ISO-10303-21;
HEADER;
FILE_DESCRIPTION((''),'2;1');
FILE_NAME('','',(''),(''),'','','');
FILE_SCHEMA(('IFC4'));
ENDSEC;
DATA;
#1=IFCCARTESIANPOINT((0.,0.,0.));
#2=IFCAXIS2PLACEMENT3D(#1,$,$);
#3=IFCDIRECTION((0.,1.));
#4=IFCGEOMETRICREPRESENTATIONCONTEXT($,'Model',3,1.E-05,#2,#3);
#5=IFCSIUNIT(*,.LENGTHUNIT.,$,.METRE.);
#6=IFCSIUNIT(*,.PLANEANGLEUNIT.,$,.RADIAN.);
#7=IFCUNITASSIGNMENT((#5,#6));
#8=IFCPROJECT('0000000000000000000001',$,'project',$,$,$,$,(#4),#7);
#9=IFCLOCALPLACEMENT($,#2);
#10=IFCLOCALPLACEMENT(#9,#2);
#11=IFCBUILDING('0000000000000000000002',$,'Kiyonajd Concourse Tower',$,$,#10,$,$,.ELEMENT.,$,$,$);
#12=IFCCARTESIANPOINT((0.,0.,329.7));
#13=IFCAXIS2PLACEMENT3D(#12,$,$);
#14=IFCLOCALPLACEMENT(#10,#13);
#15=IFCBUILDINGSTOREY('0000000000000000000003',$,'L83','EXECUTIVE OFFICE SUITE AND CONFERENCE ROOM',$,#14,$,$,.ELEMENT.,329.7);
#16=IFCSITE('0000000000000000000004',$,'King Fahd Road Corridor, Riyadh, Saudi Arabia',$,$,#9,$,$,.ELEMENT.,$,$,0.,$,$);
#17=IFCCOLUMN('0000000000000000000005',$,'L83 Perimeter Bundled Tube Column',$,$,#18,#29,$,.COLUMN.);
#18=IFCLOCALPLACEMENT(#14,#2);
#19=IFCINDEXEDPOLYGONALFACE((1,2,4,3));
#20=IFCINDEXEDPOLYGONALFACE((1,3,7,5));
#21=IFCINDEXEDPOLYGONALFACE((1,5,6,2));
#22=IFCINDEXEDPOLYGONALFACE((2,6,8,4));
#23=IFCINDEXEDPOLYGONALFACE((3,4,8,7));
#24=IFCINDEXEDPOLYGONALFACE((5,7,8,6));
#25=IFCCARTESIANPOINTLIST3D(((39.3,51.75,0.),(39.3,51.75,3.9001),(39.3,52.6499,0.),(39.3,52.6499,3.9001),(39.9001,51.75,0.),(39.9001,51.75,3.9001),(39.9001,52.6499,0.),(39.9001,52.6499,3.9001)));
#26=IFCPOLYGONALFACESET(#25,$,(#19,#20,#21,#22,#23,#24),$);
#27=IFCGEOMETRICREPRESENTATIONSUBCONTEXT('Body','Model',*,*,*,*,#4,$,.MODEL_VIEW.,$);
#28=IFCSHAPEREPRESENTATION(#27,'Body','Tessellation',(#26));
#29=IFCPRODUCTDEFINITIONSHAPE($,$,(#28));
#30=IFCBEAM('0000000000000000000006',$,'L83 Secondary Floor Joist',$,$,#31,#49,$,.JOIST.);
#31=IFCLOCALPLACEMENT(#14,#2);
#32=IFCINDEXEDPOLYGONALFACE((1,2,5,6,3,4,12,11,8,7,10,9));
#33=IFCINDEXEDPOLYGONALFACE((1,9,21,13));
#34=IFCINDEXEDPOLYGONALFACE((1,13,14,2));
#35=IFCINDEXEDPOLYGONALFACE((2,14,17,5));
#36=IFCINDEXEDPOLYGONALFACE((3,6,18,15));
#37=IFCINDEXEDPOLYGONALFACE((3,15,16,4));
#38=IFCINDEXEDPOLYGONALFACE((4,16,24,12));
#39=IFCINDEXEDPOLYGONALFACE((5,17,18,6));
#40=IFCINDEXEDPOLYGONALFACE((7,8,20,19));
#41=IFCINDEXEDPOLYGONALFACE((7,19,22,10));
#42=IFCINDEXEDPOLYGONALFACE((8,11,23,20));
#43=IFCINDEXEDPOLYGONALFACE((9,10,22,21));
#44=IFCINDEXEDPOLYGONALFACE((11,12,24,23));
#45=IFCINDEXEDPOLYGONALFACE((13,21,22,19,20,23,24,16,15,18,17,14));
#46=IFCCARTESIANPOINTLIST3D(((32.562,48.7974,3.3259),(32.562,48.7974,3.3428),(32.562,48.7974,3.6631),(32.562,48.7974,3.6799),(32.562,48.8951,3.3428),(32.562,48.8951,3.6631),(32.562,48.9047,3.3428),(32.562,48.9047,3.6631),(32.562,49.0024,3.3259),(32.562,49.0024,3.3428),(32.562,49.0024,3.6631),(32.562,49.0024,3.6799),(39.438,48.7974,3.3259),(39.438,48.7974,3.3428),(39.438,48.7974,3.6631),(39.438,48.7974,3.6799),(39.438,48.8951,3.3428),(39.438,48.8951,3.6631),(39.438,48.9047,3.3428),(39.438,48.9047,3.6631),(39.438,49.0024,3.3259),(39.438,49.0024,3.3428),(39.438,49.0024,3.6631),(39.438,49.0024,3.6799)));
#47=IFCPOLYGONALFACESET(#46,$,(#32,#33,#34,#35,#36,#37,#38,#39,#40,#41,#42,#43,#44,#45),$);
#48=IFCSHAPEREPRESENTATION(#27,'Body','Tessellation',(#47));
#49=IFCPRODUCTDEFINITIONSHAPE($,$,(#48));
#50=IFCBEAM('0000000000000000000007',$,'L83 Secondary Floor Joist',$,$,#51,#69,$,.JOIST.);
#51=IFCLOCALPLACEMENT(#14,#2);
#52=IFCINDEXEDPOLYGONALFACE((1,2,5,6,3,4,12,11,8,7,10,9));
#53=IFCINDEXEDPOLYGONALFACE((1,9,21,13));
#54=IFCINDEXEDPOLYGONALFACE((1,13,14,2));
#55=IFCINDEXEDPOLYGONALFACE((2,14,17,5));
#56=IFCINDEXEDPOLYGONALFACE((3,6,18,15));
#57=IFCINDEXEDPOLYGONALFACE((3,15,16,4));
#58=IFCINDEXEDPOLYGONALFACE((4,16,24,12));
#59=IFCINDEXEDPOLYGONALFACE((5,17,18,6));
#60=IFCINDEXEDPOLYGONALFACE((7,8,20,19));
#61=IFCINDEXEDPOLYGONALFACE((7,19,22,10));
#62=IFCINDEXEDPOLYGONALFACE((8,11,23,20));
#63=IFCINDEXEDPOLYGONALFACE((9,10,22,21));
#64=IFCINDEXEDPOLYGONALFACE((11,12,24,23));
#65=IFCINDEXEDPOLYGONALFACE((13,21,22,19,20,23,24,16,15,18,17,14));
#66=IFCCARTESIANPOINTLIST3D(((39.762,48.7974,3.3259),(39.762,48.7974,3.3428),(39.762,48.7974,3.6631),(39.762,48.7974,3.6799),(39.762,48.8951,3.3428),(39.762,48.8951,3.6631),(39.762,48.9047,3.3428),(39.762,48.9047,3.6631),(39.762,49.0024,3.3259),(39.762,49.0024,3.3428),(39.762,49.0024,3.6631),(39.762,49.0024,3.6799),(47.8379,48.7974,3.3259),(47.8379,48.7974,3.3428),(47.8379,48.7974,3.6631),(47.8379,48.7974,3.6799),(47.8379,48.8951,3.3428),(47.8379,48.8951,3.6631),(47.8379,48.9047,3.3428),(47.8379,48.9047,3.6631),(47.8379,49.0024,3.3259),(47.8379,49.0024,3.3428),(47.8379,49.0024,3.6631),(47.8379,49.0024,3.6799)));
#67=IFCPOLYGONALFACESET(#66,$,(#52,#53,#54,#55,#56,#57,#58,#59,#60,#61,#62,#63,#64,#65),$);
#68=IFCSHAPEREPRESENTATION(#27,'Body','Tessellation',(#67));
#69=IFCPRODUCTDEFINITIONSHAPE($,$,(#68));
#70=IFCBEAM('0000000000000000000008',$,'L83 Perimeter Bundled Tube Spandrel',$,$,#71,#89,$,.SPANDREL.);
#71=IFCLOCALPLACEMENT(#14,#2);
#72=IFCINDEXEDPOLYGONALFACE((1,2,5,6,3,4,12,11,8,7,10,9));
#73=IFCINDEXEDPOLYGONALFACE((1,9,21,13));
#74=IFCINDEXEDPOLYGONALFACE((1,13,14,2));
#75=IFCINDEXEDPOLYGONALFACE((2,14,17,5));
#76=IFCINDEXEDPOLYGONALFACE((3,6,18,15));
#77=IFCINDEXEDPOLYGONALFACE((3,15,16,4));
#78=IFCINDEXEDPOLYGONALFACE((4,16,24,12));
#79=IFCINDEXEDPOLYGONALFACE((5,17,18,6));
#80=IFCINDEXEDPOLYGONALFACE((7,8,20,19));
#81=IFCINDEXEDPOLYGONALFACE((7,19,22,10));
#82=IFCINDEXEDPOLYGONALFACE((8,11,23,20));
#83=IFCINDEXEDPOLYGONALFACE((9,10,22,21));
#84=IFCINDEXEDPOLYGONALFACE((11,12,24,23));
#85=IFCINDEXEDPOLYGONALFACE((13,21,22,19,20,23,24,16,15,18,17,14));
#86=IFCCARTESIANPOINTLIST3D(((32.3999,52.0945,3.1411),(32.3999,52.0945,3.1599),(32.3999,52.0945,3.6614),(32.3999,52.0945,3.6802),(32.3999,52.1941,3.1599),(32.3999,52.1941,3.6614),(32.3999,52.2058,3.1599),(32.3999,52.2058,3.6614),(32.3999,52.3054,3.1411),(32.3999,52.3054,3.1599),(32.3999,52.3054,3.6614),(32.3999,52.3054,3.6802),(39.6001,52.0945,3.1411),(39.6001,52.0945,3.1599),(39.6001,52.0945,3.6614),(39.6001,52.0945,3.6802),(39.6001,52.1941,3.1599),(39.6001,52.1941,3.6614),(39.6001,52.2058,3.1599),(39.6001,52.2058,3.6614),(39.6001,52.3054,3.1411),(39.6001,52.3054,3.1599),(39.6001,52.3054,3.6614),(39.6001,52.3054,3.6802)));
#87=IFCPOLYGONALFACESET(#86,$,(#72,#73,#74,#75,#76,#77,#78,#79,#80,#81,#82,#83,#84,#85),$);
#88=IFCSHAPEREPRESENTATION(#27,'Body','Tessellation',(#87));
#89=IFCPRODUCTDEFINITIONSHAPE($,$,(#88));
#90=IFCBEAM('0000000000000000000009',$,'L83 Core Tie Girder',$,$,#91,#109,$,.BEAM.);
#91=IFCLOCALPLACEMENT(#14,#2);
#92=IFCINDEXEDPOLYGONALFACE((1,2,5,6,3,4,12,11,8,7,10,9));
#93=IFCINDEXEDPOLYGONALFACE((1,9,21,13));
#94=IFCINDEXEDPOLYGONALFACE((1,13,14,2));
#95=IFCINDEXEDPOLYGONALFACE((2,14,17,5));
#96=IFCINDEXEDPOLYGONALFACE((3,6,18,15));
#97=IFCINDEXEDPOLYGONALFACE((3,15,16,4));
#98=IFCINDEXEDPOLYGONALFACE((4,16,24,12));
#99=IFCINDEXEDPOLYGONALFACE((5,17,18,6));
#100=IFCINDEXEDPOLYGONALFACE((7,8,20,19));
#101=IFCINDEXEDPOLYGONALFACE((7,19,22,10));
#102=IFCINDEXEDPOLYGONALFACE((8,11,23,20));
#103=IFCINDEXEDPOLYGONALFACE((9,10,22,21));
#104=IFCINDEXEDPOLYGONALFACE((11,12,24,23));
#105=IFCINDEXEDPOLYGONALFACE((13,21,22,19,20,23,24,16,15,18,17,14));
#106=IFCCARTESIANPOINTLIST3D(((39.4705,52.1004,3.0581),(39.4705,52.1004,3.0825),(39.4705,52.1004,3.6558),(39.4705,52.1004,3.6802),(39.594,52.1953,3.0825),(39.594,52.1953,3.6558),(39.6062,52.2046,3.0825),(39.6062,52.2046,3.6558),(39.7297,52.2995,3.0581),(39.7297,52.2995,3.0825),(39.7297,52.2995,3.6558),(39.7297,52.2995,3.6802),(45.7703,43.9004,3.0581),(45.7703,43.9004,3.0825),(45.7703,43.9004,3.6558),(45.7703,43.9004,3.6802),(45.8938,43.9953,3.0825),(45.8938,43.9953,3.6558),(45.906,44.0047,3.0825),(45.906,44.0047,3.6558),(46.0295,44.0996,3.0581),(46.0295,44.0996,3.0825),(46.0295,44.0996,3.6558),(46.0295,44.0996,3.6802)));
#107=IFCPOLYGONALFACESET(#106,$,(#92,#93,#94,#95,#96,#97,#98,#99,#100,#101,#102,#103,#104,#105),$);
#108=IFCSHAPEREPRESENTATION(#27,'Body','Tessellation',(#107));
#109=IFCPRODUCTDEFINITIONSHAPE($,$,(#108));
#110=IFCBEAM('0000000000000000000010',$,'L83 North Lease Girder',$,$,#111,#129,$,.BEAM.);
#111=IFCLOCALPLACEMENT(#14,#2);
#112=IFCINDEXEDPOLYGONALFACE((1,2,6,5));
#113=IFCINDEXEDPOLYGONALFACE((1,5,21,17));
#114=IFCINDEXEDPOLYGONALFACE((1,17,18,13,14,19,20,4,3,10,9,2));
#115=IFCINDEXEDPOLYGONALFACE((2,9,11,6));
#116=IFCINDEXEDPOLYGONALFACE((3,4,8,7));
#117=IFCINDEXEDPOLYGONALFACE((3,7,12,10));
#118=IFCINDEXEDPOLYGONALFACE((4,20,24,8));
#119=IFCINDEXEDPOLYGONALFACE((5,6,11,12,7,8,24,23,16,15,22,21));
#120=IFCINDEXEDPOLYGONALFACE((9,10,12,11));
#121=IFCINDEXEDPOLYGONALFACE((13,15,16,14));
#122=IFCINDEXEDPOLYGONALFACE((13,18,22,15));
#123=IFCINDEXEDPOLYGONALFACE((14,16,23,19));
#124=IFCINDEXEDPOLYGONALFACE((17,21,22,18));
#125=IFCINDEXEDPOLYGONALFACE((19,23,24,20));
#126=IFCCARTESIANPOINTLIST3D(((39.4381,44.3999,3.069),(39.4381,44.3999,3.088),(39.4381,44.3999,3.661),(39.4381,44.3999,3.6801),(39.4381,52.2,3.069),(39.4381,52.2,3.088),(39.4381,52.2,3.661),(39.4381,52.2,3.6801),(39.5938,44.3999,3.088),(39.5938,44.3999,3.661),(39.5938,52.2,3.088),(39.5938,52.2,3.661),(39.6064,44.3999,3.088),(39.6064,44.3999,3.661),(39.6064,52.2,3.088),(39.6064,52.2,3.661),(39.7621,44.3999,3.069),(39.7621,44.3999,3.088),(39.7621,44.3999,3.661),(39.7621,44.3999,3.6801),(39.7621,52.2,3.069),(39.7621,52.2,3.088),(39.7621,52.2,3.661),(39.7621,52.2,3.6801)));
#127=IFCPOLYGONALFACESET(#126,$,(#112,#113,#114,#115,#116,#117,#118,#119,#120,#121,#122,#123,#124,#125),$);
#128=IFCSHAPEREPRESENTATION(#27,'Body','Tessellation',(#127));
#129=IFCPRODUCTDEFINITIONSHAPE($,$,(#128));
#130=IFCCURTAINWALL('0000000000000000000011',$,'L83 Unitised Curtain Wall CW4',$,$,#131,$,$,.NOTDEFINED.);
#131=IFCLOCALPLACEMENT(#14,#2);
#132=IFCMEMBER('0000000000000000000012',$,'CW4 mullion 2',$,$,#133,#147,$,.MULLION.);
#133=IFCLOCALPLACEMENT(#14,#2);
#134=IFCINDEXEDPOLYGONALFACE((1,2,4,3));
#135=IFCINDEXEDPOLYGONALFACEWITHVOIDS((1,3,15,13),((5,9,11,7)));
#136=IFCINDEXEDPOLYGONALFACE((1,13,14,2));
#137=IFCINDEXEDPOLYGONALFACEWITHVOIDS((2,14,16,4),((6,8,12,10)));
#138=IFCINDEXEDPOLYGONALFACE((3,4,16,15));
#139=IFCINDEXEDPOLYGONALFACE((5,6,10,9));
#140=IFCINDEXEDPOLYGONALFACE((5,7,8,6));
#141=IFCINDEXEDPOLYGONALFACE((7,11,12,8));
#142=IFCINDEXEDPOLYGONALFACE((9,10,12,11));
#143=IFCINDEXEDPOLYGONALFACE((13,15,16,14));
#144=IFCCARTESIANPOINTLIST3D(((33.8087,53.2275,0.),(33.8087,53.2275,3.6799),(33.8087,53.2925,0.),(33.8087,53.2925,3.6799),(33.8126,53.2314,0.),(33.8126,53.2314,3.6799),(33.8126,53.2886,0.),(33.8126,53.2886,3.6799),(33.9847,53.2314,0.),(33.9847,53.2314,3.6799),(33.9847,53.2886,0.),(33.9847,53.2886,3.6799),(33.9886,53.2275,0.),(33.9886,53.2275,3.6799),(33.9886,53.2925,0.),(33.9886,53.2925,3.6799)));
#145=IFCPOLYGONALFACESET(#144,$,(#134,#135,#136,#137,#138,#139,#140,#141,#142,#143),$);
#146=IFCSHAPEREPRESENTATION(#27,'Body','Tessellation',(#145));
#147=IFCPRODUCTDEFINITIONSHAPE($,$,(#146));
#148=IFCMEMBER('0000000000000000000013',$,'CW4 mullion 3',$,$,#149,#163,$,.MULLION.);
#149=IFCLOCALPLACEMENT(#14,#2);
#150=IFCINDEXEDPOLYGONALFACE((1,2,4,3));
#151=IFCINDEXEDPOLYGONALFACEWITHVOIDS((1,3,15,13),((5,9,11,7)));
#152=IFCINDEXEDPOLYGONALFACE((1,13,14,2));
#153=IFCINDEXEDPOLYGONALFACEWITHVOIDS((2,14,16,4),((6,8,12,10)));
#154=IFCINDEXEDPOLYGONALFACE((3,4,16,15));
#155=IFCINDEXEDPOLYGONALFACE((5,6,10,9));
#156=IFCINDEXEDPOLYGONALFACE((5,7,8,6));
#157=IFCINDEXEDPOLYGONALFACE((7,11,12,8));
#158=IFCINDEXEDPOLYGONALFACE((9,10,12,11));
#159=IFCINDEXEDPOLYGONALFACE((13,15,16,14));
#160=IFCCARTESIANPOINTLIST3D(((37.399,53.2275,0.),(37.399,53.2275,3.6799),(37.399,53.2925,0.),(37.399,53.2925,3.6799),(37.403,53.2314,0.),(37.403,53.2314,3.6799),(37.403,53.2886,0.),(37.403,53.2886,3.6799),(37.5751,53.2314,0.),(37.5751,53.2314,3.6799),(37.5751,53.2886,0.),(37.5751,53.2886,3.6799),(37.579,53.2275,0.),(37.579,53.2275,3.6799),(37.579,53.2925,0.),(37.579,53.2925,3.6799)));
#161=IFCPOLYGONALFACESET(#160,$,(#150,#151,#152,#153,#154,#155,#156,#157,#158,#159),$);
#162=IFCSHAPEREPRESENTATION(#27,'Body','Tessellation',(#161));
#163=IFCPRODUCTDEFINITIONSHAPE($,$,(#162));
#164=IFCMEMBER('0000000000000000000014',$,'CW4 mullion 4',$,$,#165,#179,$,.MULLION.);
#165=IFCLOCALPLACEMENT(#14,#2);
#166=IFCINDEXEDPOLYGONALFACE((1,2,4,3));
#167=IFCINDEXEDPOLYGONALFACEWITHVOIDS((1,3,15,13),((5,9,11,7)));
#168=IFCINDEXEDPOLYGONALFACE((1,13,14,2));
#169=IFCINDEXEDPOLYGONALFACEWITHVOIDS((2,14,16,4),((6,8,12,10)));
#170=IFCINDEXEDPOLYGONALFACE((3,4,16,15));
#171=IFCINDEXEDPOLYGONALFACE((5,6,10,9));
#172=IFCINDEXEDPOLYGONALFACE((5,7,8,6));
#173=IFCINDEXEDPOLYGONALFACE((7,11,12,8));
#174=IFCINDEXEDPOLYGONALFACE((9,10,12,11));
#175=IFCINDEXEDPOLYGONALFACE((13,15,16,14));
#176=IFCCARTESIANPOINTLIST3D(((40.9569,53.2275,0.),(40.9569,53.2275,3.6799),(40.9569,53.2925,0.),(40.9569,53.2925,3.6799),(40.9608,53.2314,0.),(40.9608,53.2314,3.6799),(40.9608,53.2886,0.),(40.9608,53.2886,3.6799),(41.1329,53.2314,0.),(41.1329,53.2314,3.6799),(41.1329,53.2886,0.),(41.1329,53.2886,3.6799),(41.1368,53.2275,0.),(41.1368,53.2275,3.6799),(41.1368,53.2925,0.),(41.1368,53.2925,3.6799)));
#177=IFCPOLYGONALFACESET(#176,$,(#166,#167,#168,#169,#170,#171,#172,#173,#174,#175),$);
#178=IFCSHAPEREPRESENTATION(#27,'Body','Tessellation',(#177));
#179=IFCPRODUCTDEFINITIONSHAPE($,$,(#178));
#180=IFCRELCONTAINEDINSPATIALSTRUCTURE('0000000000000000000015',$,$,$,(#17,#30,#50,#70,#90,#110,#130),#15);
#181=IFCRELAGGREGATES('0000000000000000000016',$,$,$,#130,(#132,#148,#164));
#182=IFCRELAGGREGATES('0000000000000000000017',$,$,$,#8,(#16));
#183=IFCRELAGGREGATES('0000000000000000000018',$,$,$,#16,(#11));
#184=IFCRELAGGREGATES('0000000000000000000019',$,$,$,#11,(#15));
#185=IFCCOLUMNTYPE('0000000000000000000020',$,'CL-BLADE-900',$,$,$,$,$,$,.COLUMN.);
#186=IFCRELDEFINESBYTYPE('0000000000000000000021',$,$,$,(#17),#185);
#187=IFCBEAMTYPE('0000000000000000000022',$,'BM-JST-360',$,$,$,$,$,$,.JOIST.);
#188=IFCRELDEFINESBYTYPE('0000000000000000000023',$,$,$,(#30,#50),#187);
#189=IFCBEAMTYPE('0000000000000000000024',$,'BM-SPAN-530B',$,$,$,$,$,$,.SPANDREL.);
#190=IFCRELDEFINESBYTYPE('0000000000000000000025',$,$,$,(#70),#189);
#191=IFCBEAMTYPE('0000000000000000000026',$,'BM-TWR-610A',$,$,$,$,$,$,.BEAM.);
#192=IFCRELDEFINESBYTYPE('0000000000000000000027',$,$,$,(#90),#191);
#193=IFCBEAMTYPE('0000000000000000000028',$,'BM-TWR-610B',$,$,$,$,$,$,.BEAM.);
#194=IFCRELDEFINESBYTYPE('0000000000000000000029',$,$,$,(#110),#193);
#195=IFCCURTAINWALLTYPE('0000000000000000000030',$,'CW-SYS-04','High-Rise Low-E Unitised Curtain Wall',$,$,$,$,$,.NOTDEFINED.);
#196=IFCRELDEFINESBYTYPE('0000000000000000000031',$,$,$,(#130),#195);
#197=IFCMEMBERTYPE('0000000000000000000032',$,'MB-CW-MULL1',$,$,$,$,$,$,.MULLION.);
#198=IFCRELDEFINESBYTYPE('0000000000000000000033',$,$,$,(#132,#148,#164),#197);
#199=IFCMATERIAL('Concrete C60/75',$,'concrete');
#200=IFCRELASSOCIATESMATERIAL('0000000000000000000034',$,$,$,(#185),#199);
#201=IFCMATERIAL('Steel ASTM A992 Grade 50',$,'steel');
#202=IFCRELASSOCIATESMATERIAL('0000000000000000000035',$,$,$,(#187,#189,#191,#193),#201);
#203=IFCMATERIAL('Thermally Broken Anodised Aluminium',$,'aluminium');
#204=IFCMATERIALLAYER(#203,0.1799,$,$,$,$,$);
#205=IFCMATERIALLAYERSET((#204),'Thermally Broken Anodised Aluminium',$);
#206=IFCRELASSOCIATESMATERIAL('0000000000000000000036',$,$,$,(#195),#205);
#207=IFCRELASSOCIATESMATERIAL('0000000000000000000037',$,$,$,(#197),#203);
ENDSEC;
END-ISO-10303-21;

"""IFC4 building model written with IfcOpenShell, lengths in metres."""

from ifc_helpers import new_model, si_unit, direction, frame, origin, origin_2d, place, context, subcontext, project, spatial, rectangle, hollow_rectangle, i_section, extrude, material, layer, layer_set, material_profile, profile_set, type_object, element, aggregate, save


model = new_model("IFC4")

# Units and contexts
model_context = context("Model", 3, precision=1e-05, world=origin(), true_north=direction((0.0, 1.0)))
body_context = subcontext(model_context, "Body", "Model", "MODEL_VIEW")
ifc_project = project(units=[si_unit("LENGTHUNIT", "METRE"), si_unit("PLANEANGLEUNIT", "RADIAN")], contexts=[model_context])

# Site, building, storey
site_placement = place(None, origin())
site = spatial("IfcSite", under=ifc_project, at=site_placement, Name="King Fahd Road Corridor, Riyadh, Saudi Arabia", CompositionType="ELEMENT", RefElevation=0.0)
building_placement = place(site_placement, origin())
building = spatial("IfcBuilding", under=site, at=building_placement, Name="Kiyonajd Concourse Tower", CompositionType="ELEMENT")
storey_placement = place(building_placement, frame((0.0, 0.0, 329.7)))
storey = spatial("IfcBuildingStorey", under=building, at=storey_placement, Name="L83", Description="EXECUTIVE OFFICE SUITE AND CONFERENCE ROOM", CompositionType="ELEMENT", Elevation=329.7)

# Column
ifc_material_1 = material(Name="Concrete C60/75", Category="concrete")
ifc_material_profile_1 = material_profile(ifc_material_1, rectangle(XDim=0.6001, YDim=0.8999, at=origin_2d()), Name="RC-900x600")
ifc_profile_set_1 = profile_set([ifc_material_profile_1], Name="Concrete C60/75")
column_type = type_object("IfcColumnType", Name="CL-BLADE-900", PredefinedType="COLUMN", material=ifc_profile_set_1)
column_placement = place(storey_placement, frame((39.6001, 52.2, 0.0), z_axis=(0.0, 0.0, 1.0), x_axis=(1.0, 0.0, 0.0)))
element("IfcColumn", 1, at=column_placement, inside=storey, type_object=column_type, Name="L83 Perimeter Bundled Tube Column", PredefinedType="COLUMN", context=body_context, shape_type="SweptSolid", body=[
    extrude(rectangle(XDim=0.6001, YDim=0.8999, at=origin_2d()), origin(), (0.0, 0.0, 1.0), 3.9001),
])

# Beams
ifc_material_2 = material(Name="Steel ASTM A992 Grade 50", Category="steel")
ifc_material_profile_2 = material_profile(ifc_material_2, i_section(OverallWidth=0.2051, OverallDepth=0.354, WebThickness=0.0095, FlangeThickness=0.0168, at=origin_2d()), Name="W360X79")
ifc_profile_set_2 = profile_set([ifc_material_profile_2], Name="Steel ASTM A992 Grade 50")
beam_type_1 = type_object("IfcBeamType", Name="BM-JST-360", PredefinedType="JOIST", material=ifc_profile_set_2)
beam_1_placement = place(storey_placement, frame((32.562, 48.8999, 3.5029), z_axis=(1.0, 0.0, 0.0), x_axis=(0.0, 1.0, 0.0)))
element("IfcBeam", 2, at=beam_1_placement, inside=storey, type_object=beam_type_1, Name="L83 Secondary Floor Joist", PredefinedType="JOIST", context=body_context, shape_type="SweptSolid", body=[
    extrude(i_section(OverallWidth=0.2051, OverallDepth=0.354, WebThickness=0.0095, FlangeThickness=0.0168, at=origin_2d()), origin(), (0.0, 0.0, 1.0), 6.876),
])
beam_2_placement = place(storey_placement, frame((39.762, 48.8999, 3.5029), z_axis=(1.0, 0.0, 0.0), x_axis=(0.0, 1.0, 0.0)))
element("IfcBeam", 3, at=beam_2_placement, inside=storey, type_object=beam_type_1, Name="L83 Secondary Floor Joist", PredefinedType="JOIST", context=body_context, shape_type="SweptSolid", body=[
    extrude(i_section(OverallWidth=0.2051, OverallDepth=0.354, WebThickness=0.0095, FlangeThickness=0.0168, at=origin_2d()), origin(), (0.0, 0.0, 1.0), 8.0759),
])
ifc_material_profile_3 = material_profile(ifc_material_2, i_section(OverallWidth=0.2109, OverallDepth=0.5391, WebThickness=0.0117, FlangeThickness=0.0188, at=origin_2d()), Name="W530X109")
ifc_profile_set_3 = profile_set([ifc_material_profile_3], Name="Steel ASTM A992 Grade 50")
beam_type_2 = type_object("IfcBeamType", Name="BM-SPAN-530B", PredefinedType="SPANDREL", material=ifc_profile_set_3)
beam_3_placement = place(storey_placement, frame((39.6001, 52.2, 3.4106), z_axis=(-1.0, 0.0, 0.0), x_axis=(0.0, -1.0, 0.0)))
element("IfcBeam", 4, at=beam_3_placement, inside=storey, type_object=beam_type_2, Name="L83 Perimeter Bundled Tube Spandrel", PredefinedType="SPANDREL", context=body_context, shape_type="SweptSolid", body=[
    extrude(i_section(OverallWidth=0.2109, OverallDepth=0.5391, WebThickness=0.0117, FlangeThickness=0.0188, at=origin_2d()), origin(), (0.0, 0.0, 1.0), 7.2002),
])
ifc_material_profile_4 = material_profile(ifc_material_2, i_section(OverallWidth=0.3269, OverallDepth=0.6221, WebThickness=0.0154, FlangeThickness=0.0244, at=origin_2d()), Name="W610X195")
ifc_profile_set_4 = profile_set([ifc_material_profile_4], Name="Steel ASTM A992 Grade 50")
beam_type_3 = type_object("IfcBeamType", Name="BM-TWR-610A", PredefinedType="BEAM", material=ifc_profile_set_4)
beam_4_placement = place(storey_placement, frame((39.6001, 52.2, 3.3691), z_axis=(0.609234, -0.792991, 0.0), x_axis=(0.792991, 0.609234, 0.0)))
element("IfcBeam", 5, at=beam_4_placement, inside=storey, type_object=beam_type_3, Name="L83 Core Tie Girder", PredefinedType="BEAM", context=body_context, shape_type="SweptSolid", body=[
    extrude(i_section(OverallWidth=0.3269, OverallDepth=0.6221, WebThickness=0.0154, FlangeThickness=0.0244, at=origin_2d()), origin(), (0.0, 0.0, 1.0), 10.3406),
])
ifc_material_profile_5 = material_profile(ifc_material_2, i_section(OverallWidth=0.324, OverallDepth=0.6111, WebThickness=0.0127, FlangeThickness=0.019, at=origin_2d()), Name="W610X155")
ifc_profile_set_5 = profile_set([ifc_material_profile_5], Name="Steel ASTM A992 Grade 50")
beam_type_4 = type_object("IfcBeamType", Name="BM-TWR-610B", PredefinedType="BEAM", material=ifc_profile_set_5)
beam_5_placement = place(storey_placement, frame((39.6001, 44.3999, 3.3745), z_axis=(0.0, 1.0, 0.0), x_axis=(-1.0, 0.0, 0.0)))
element("IfcBeam", 6, at=beam_5_placement, inside=storey, type_object=beam_type_4, Name="L83 North Lease Girder", PredefinedType="BEAM", context=body_context, shape_type="SweptSolid", body=[
    extrude(i_section(OverallWidth=0.324, OverallDepth=0.6111, WebThickness=0.0127, FlangeThickness=0.019, at=origin_2d()), origin(), (0.0, 0.0, 1.0), 7.8),
])

# Curtain wall, members
ifc_material_3 = material(Name="Thermally Broken Anodised Aluminium", Category="aluminium")
ifc_layer_1 = layer(ifc_material_3, 0.1799)
ifc_layer_set_1 = layer_set([ifc_layer_1], Name="Thermally Broken Anodised Aluminium")
curtain_wall_type = type_object("IfcCurtainWallType", Name="CW-SYS-04", Description="High-Rise Low-E Unitised Curtain Wall", PredefinedType="NOTDEFINED", material=ifc_layer_set_1)
curtain_wall_placement = place(storey_placement, origin())
curtain_wall = element("IfcCurtainWall", 7, at=curtain_wall_placement, inside=storey, type_object=curtain_wall_type, Name="L83 Unitised Curtain Wall CW4", PredefinedType="NOTDEFINED")
ifc_material_profile_6 = material_profile(ifc_material_3, hollow_rectangle(XDim=0.0649, YDim=0.1799, WallThickness=0.0039, at=origin_2d()), Name="MULL-65x180")
ifc_profile_set_6 = profile_set([ifc_material_profile_6], Name="Thermally Broken Anodised Aluminium")
member_type_1 = type_object("IfcMemberType", Name="MB-CW-MULL1", PredefinedType="MULLION", material=ifc_profile_set_6)
member_1_placement = place(storey_placement, frame((33.8987, 53.26, 0.0), z_axis=(0.0, 0.0, 1.0), x_axis=(0.0, 1.0, 0.0)))
member_1 = element("IfcMember", 8, at=member_1_placement, type_object=member_type_1, Name="CW4 mullion 2", PredefinedType="MULLION", context=body_context, shape_type="SweptSolid", body=[
    extrude(hollow_rectangle(XDim=0.0649, YDim=0.1799, WallThickness=0.0039, at=origin_2d()), origin(), (0.0, 0.0, 1.0), 3.6799),
])
member_2_placement = place(storey_placement, frame((37.489, 53.26, 0.0), z_axis=(0.0, 0.0, 1.0), x_axis=(0.0, 1.0, 0.0)))
member_2 = element("IfcMember", 9, at=member_2_placement, type_object=member_type_1, Name="CW4 mullion 3", PredefinedType="MULLION", context=body_context, shape_type="SweptSolid", body=[
    extrude(hollow_rectangle(XDim=0.0649, YDim=0.1799, WallThickness=0.0039, at=origin_2d()), origin(), (0.0, 0.0, 1.0), 3.6799),
])
member_3_placement = place(storey_placement, frame((41.0469, 53.26, 0.0), z_axis=(0.0, 0.0, 1.0), x_axis=(0.0, 1.0, 0.0)))
member_3 = element("IfcMember", 10, at=member_3_placement, type_object=member_type_1, Name="CW4 mullion 4", PredefinedType="MULLION", context=body_context, shape_type="SweptSolid", body=[
    extrude(hollow_rectangle(XDim=0.0649, YDim=0.1799, WallThickness=0.0039, at=origin_2d()), origin(), (0.0, 0.0, 1.0), 3.6799),
])

aggregate(curtain_wall, [member_1, member_2, member_3])

save(model, "model.ifc")
